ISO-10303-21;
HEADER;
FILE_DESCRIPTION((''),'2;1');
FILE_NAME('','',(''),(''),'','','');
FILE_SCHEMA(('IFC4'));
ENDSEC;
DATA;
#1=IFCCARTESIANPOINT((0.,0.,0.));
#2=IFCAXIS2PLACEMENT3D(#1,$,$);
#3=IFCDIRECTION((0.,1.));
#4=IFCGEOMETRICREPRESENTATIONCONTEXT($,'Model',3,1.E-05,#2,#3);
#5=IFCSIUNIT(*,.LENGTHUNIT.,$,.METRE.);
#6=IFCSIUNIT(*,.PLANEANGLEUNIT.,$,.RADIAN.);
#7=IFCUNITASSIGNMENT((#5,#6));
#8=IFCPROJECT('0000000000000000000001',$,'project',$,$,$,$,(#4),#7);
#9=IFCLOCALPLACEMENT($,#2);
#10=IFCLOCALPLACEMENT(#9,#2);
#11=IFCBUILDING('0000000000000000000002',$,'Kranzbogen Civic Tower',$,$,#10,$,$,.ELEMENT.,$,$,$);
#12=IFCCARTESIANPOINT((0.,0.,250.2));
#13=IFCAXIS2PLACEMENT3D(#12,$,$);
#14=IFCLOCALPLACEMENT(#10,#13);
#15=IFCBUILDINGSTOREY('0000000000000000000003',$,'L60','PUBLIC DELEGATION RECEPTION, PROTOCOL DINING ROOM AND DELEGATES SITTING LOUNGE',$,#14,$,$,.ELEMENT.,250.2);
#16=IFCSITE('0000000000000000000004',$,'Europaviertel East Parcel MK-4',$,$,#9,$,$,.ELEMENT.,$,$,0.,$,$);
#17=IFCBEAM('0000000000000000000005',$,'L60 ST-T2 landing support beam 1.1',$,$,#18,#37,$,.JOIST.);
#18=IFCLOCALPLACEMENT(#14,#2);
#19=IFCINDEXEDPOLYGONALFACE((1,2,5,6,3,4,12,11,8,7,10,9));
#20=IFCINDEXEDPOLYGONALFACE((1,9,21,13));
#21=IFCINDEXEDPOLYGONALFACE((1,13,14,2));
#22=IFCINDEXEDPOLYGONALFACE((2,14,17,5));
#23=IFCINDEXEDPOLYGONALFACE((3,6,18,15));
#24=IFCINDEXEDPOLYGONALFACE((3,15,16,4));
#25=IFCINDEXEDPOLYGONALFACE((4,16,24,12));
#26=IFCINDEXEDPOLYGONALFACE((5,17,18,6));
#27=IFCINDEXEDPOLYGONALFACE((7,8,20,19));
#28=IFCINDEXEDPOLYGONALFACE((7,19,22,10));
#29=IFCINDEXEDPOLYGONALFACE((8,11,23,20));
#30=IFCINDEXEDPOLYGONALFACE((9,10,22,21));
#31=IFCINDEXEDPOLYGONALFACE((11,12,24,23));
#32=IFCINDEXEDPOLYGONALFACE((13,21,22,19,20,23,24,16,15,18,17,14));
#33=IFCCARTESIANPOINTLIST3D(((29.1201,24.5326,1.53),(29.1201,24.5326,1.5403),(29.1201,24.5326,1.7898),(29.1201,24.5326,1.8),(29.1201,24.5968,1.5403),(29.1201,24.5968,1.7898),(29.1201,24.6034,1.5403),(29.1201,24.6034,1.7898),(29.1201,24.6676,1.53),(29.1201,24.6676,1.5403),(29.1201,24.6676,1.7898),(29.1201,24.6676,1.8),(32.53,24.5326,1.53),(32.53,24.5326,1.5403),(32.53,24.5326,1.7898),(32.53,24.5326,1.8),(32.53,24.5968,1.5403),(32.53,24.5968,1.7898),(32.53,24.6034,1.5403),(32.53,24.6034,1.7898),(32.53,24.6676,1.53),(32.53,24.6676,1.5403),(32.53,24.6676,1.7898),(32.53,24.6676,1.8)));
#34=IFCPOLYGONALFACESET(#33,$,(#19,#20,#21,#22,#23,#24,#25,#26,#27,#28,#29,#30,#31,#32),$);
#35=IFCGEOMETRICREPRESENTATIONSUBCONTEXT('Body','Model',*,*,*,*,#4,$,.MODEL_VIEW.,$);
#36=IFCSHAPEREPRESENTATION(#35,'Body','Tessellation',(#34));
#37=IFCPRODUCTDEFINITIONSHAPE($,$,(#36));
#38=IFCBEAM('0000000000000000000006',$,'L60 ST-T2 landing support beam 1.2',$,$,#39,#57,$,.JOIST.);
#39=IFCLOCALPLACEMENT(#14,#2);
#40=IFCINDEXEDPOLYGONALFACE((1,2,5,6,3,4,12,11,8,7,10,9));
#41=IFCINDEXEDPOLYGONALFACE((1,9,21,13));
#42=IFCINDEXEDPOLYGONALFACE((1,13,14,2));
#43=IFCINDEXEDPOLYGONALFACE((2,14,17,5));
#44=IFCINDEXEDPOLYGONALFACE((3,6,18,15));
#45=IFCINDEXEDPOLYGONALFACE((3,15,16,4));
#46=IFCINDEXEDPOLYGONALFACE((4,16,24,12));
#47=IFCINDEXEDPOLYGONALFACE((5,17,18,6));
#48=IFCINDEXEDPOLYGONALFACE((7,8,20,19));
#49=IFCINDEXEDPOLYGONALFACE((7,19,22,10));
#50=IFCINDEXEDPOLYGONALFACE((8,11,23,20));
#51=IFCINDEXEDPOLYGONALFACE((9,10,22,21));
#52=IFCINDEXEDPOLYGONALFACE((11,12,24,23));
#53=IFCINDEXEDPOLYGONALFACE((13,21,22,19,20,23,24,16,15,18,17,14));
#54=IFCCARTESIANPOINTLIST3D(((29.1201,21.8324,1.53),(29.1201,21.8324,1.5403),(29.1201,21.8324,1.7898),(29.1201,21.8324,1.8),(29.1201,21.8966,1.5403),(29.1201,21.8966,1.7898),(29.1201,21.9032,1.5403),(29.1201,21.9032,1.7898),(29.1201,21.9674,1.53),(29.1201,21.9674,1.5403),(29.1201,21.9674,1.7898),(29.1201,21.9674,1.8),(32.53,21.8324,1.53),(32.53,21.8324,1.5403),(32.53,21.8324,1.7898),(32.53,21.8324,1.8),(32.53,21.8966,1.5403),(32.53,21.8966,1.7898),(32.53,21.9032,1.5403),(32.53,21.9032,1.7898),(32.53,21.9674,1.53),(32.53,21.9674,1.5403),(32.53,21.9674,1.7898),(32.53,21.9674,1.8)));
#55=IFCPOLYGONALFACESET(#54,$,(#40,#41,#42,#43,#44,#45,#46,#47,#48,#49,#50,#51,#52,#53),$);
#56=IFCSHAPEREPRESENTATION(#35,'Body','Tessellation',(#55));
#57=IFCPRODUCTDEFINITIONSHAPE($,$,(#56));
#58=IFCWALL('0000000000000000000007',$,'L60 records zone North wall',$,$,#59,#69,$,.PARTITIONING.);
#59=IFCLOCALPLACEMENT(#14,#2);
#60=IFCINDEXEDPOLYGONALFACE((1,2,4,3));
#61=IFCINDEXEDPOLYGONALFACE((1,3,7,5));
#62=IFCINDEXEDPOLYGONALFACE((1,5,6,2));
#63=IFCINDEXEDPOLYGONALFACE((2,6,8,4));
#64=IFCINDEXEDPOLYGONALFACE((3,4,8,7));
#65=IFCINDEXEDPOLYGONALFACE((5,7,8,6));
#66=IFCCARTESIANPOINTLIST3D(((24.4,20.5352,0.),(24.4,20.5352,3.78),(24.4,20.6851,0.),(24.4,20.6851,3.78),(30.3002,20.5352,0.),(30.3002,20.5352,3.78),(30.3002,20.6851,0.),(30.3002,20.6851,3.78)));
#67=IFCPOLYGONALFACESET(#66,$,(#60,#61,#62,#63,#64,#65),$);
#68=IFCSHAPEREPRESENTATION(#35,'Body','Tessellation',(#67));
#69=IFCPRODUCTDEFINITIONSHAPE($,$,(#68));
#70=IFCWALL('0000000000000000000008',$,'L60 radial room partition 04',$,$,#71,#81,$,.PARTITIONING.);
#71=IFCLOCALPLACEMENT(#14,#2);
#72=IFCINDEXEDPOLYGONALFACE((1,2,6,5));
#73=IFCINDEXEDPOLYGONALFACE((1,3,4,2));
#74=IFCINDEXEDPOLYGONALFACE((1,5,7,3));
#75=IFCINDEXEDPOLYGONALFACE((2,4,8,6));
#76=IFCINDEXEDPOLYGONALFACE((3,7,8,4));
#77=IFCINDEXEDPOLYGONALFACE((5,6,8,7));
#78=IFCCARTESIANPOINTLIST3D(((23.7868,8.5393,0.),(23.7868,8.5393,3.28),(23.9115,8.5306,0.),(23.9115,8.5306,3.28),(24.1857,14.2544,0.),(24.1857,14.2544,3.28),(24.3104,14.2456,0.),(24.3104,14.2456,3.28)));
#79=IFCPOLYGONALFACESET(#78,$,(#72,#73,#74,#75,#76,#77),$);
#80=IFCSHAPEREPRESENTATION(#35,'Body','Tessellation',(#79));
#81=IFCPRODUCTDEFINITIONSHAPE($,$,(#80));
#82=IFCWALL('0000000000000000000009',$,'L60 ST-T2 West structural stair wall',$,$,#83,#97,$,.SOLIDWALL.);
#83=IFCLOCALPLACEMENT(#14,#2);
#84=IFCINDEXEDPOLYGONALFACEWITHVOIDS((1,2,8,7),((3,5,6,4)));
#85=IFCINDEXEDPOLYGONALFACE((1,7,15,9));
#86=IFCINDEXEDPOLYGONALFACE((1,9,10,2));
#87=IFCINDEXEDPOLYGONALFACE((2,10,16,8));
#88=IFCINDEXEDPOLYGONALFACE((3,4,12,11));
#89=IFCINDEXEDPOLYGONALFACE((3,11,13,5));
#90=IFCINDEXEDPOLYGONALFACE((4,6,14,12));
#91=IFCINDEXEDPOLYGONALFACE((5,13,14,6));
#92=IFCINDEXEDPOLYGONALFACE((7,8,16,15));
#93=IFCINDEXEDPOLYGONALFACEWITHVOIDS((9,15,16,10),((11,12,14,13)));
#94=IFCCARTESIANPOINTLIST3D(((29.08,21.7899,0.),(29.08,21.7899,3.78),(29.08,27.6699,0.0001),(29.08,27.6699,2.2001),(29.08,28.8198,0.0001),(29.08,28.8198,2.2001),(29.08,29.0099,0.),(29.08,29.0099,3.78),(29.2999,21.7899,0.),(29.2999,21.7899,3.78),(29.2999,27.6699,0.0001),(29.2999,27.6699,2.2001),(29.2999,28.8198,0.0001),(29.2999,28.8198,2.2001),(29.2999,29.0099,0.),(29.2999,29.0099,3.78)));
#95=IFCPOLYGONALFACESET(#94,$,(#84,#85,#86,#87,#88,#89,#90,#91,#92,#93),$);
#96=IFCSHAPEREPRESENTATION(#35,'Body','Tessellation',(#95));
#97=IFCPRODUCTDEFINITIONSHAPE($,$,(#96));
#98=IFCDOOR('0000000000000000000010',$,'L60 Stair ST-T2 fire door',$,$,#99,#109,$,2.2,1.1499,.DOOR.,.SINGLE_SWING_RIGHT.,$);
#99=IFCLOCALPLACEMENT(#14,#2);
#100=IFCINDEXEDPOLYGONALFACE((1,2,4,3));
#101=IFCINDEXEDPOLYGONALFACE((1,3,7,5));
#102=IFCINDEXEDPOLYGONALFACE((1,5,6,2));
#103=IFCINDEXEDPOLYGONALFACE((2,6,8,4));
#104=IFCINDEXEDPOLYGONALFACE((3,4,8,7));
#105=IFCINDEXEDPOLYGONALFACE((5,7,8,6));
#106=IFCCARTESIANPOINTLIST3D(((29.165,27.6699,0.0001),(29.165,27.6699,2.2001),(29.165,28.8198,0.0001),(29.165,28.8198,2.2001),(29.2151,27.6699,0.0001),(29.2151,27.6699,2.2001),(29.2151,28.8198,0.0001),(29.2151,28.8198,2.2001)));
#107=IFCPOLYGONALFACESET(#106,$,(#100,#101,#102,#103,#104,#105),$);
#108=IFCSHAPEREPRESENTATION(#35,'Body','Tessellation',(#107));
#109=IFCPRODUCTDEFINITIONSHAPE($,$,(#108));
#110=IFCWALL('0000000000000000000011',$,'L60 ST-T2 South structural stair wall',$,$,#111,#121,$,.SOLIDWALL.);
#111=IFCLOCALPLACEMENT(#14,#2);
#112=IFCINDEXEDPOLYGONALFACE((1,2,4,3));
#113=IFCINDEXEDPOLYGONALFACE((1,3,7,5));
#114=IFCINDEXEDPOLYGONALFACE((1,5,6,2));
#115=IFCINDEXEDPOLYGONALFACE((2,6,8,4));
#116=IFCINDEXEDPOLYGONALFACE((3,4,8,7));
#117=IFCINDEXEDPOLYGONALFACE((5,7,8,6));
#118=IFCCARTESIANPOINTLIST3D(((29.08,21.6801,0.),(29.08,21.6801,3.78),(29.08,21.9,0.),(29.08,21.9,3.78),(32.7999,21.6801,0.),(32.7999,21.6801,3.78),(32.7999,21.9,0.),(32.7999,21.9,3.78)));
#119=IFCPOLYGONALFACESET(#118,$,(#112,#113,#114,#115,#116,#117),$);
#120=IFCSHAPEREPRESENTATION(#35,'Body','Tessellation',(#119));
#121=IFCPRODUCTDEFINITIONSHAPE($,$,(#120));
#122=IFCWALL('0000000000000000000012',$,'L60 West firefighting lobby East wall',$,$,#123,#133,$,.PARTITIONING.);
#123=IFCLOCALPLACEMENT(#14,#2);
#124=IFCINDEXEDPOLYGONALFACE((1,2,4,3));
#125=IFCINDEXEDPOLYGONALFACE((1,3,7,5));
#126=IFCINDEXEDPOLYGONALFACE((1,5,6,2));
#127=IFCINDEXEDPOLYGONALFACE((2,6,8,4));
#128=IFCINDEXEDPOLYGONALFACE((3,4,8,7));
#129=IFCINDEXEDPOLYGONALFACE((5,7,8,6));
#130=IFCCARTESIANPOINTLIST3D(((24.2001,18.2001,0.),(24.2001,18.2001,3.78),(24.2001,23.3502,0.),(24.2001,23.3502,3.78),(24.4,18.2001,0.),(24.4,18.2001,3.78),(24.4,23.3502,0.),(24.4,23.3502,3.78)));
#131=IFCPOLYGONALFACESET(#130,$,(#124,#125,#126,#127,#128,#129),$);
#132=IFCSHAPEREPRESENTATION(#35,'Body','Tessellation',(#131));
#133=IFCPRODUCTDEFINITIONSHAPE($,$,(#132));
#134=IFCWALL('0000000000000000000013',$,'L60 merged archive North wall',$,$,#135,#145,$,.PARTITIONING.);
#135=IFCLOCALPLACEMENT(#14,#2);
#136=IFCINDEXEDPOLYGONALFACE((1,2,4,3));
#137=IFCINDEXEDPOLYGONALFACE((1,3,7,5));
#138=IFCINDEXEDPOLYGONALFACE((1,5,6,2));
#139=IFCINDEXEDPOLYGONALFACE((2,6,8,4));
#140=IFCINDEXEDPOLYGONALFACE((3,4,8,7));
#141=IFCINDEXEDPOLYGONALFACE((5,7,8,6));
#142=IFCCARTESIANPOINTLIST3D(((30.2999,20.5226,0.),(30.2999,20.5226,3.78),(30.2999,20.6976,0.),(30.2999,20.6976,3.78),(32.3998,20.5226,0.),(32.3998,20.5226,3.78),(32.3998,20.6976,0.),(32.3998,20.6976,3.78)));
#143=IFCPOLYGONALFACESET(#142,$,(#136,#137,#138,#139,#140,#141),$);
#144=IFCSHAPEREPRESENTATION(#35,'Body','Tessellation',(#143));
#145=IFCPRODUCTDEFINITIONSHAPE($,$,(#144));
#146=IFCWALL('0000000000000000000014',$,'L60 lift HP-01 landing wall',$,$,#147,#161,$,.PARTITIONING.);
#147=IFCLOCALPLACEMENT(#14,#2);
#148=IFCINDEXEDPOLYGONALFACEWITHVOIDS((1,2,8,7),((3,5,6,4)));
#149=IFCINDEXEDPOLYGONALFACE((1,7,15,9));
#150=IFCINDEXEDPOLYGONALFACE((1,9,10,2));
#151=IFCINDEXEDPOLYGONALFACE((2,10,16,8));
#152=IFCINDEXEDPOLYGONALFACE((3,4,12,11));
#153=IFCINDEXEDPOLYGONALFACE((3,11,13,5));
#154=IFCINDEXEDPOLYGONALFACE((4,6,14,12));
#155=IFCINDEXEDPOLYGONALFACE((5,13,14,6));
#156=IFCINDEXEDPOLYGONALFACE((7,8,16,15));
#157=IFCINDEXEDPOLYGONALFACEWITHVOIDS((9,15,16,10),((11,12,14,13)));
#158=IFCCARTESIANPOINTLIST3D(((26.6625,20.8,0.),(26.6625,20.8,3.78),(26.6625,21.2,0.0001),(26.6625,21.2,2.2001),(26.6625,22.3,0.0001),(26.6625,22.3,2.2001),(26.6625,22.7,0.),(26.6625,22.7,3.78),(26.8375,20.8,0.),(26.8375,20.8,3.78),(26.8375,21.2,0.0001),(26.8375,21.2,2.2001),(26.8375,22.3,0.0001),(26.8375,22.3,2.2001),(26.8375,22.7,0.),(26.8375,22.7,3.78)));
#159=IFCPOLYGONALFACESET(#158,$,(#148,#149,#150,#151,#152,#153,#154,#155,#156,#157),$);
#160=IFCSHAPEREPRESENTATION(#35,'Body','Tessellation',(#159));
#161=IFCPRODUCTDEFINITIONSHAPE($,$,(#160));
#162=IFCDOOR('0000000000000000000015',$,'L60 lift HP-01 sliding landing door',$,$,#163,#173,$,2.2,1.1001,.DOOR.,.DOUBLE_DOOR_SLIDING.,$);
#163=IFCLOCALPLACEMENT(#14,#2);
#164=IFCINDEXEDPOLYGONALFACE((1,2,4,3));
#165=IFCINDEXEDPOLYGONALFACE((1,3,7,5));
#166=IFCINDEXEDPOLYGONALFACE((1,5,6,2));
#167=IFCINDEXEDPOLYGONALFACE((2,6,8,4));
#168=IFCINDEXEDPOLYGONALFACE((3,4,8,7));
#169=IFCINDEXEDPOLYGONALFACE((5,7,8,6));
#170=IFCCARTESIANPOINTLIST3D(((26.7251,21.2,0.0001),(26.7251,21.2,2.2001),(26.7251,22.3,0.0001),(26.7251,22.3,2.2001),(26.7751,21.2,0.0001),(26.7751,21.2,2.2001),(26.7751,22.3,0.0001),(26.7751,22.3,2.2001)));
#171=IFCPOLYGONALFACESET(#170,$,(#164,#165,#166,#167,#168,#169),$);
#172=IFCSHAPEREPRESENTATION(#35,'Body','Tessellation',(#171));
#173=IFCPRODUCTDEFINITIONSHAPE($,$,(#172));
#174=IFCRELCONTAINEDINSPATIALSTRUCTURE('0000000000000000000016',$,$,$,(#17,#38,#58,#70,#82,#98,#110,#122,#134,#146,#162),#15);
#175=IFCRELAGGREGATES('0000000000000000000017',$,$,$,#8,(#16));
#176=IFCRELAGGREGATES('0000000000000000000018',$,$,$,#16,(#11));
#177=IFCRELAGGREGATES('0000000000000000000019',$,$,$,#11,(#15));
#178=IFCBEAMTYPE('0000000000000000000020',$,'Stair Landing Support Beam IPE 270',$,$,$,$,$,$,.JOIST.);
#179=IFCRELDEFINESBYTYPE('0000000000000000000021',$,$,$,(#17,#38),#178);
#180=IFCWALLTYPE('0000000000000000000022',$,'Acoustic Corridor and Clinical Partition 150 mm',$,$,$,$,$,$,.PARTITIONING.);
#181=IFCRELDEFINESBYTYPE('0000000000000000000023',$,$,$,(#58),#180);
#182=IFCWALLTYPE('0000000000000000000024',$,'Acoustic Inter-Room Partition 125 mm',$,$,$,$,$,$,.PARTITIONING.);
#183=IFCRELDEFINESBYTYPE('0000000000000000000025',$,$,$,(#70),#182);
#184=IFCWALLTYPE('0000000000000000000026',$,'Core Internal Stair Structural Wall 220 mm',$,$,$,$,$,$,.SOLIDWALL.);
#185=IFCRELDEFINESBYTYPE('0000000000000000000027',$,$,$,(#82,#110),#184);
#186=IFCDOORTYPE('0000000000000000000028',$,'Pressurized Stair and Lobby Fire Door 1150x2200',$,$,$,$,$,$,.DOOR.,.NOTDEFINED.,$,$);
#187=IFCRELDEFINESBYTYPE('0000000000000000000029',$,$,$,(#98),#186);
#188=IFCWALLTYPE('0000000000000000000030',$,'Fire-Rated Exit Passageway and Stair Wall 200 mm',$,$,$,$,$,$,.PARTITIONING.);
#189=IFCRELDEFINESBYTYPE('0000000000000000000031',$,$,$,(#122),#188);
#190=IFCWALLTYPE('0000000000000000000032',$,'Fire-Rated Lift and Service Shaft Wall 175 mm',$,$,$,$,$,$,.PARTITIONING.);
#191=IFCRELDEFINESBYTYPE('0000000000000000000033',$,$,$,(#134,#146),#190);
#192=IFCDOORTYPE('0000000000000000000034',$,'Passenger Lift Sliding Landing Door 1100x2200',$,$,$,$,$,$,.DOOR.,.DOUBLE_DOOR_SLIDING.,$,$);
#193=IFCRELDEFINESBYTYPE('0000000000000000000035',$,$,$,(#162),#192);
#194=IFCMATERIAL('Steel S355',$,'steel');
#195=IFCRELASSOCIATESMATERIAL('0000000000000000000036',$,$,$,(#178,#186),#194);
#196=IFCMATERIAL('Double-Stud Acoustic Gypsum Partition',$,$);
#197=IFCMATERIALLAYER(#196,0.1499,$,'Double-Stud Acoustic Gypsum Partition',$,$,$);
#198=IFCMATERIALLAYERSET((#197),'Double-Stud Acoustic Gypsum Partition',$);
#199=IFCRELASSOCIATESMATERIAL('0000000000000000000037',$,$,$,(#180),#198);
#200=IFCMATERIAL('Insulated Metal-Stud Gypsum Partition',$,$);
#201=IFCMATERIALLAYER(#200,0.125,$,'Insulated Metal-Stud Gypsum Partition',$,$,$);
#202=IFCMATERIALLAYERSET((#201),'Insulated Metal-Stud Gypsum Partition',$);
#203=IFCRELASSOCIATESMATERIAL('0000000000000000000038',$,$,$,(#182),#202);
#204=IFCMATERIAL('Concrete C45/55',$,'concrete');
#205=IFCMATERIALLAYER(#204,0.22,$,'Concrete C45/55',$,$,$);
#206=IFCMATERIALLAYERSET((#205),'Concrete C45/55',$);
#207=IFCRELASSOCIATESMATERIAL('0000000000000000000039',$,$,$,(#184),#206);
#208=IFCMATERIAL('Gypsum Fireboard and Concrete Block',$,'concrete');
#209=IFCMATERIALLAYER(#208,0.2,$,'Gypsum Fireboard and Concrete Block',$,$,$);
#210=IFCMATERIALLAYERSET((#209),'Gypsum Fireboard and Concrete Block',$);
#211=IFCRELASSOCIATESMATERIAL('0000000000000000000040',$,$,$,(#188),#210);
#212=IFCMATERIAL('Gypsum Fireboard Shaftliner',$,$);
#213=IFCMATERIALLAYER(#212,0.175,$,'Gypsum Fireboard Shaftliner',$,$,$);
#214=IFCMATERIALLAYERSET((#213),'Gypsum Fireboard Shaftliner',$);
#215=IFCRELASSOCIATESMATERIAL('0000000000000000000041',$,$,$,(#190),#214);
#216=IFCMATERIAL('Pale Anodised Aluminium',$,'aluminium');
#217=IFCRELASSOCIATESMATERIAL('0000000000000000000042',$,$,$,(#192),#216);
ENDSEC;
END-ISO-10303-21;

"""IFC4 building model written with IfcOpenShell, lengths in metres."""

from ifc_helpers import new_model, si_unit, direction, frame, frame_2d, origin, origin_2d, place, context, subcontext, project, spatial, rectangle, i_section, extrude, material, layer, layer_set, material_profile, profile_set, type_object, element, fill, save


model = new_model("IFC4")

# Units and contexts
model_context = context("Model", 3, precision=1e-05, world=origin(), true_north=direction((0.0, 1.0)))
body_context = subcontext(model_context, "Body", "Model", "MODEL_VIEW")
ifc_project = project(units=[si_unit("LENGTHUNIT", "METRE"), si_unit("PLANEANGLEUNIT", "RADIAN")], contexts=[model_context])

# Site, building, storey
site_placement = place(None, origin())
site = spatial("IfcSite", under=ifc_project, at=site_placement, Name="Europaviertel East Parcel MK-4", CompositionType="ELEMENT", RefElevation=0.0)
building_placement = place(site_placement, origin())
building = spatial("IfcBuilding", under=site, at=building_placement, Name="Kranzbogen Civic Tower", CompositionType="ELEMENT")
storey_placement = place(building_placement, frame((0.0, 0.0, 250.2)))
storey = spatial("IfcBuildingStorey", under=building, at=storey_placement, Name="L60", Description="PUBLIC DELEGATION RECEPTION, PROTOCOL DINING ROOM AND DELEGATES SITTING LOUNGE", CompositionType="ELEMENT", Elevation=250.2)

# Beams
ifc_material_1 = material(Name="Steel S355", Category="steel")
ifc_material_profile = material_profile(ifc_material_1, i_section(OverallWidth=0.135, OverallDepth=0.27, WebThickness=0.0066, FlangeThickness=0.0103, at=origin_2d()), Name="IPE 270")
ifc_profile_set = profile_set([ifc_material_profile], Name="Steel S355")
beam_type = type_object("IfcBeamType", Name="Stair Landing Support Beam IPE 270", PredefinedType="JOIST", material=ifc_profile_set)
for number, where, z_axis, x_axis, name in (
    (1, (29.1201, 24.6001, 1.665), (1.0, 0.0, 0.0), (0.0, 1.0, 0.0), "L60 ST-T2 landing support beam 1.1"),
    (2, (29.1201, 21.8999, 1.665), (1.0, 0.0, 0.0), (0.0, 1.0, 0.0), "L60 ST-T2 landing support beam 1.2"),
):
    element("IfcBeam", number, at=place(storey_placement, frame(where, z_axis=z_axis, x_axis=x_axis)), inside=storey, type_object=beam_type, Name=name, PredefinedType="JOIST", context=body_context, shape_type="SweptSolid", body=[
        extrude(i_section(OverallWidth=0.135, OverallDepth=0.27, WebThickness=0.0066, FlangeThickness=0.0103, at=origin_2d()), origin(), (0.0, 0.0, 1.0), 3.4099),
    ])

# Walls
ifc_material_2 = material(Name="Double-Stud Acoustic Gypsum Partition")
ifc_layer_1 = layer(ifc_material_2, 0.1499, Name="Double-Stud Acoustic Gypsum Partition")
ifc_layer_set_1 = layer_set([ifc_layer_1], Name="Double-Stud Acoustic Gypsum Partition")
wall_type_1 = type_object("IfcWallType", Name="Acoustic Corridor and Clinical Partition 150 mm", PredefinedType="PARTITIONING", material=ifc_layer_set_1)
wall_1_placement = place(storey_placement, frame((24.3999, 20.6101, 0.0), z_axis=(0.0, 0.0, 1.0), x_axis=(1.0, 0.0, 0.0)))
element("IfcWall", 3, at=wall_1_placement, inside=storey, type_object=wall_type_1, Name="L60 records zone North wall", PredefinedType="PARTITIONING", context=body_context, shape_type="SweptSolid", body=[
    extrude(rectangle(XDim=5.9001, YDim=0.1499, at=frame_2d((2.9502, 0.0))), origin(), (0.0, 0.0, 1.0), 3.78),
])
ifc_material_3 = material(Name="Insulated Metal-Stud Gypsum Partition")
ifc_layer_2 = layer(ifc_material_3, 0.125, Name="Insulated Metal-Stud Gypsum Partition")
ifc_layer_set_2 = layer_set([ifc_layer_2], Name="Insulated Metal-Stud Gypsum Partition")
wall_type_2 = type_object("IfcWallType", Name="Acoustic Inter-Room Partition 125 mm", PredefinedType="PARTITIONING", material=ifc_layer_set_2)
wall_2_placement = place(storey_placement, frame((24.248, 14.25, 0.0), z_axis=(0.0, 0.0, 1.0), x_axis=(-0.069633, -0.997573, 0.0)))
element("IfcWall", 4, at=wall_2_placement, inside=storey, type_object=wall_type_2, Name="L60 radial room partition 04", PredefinedType="PARTITIONING", context=body_context, shape_type="SweptSolid", body=[
    extrude(rectangle(XDim=5.729, YDim=0.125, at=frame_2d((2.8645, 0.0))), origin(), (0.0, 0.0, 1.0), 3.28),
])

# Wall, opening, door
ifc_material_4 = material(Name="Concrete C45/55", Category="concrete")
ifc_layer_3 = layer(ifc_material_4, 0.22, Name="Concrete C45/55")
ifc_layer_set_3 = layer_set([ifc_layer_3], Name="Concrete C45/55")
wall_type_3 = type_object("IfcWallType", Name="Core Internal Stair Structural Wall 220 mm", PredefinedType="SOLIDWALL", material=ifc_layer_set_3)
wall_3_placement = place(storey_placement, frame((29.1899, 21.79, 0.0), z_axis=(0.0, 0.0, 1.0), x_axis=(0.0, 1.0, 0.0)))
wall_3 = element("IfcWall", 5, at=wall_3_placement, inside=storey, type_object=wall_type_3, Name="L60 ST-T2 West structural stair wall", PredefinedType="SOLIDWALL", context=body_context, shape_type="SweptSolid", body=[
    extrude(rectangle(XDim=7.22, YDim=0.22, at=frame_2d((3.6099, 0.0))), origin(), (0.0, 0.0, 1.0), 3.78),
])
opening_1_placement = place(wall_3_placement, frame((5.8799, 0.0, 0.0)))
opening_1 = element("IfcOpeningElement", 6, at=opening_1_placement, cuts=wall_3, PredefinedType="OPENING", context=body_context, shape_type="SweptSolid", body=[
    extrude(rectangle(XDim=1.1499, YDim=2.2, at=frame_2d((0.575, 1.1001))), frame((0.0, 0.1201, 0.0), z_axis=(0.0, -1.0, 0.0), x_axis=(1.0, 0.0, 0.0)), (0.0, 0.0, 1.0), 0.24),
])
door_type_1 = type_object("IfcDoorType", Name="Pressurized Stair and Lobby Fire Door 1150x2200", OperationType="NOTDEFINED", PredefinedType="DOOR", material=ifc_material_1)
door_1_placement = place(opening_1_placement, origin())
door_1 = element("IfcDoor", 7, at=door_1_placement, inside=storey, type_object=door_type_1, Name="L60 Stair ST-T2 fire door", OperationType="SINGLE_SWING_RIGHT", OverallHeight=2.2, OverallWidth=1.1499, PredefinedType="DOOR", context=body_context, shape_type="SweptSolid", body=[
    extrude(rectangle(XDim=1.1499, YDim=2.2, at=frame_2d((0.575, 1.1001))), frame((0.0, 0.0249, 0.0), z_axis=(0.0, -1.0, 0.0), x_axis=(1.0, 0.0, 0.0)), (0.0, 0.0, 1.0), 0.05),
])
fill(opening_1, door_1)

# Walls
wall_4_placement = place(storey_placement, frame((29.0801, 21.79, 0.0), z_axis=(0.0, 0.0, 1.0), x_axis=(1.0, 0.0, 0.0)))
element("IfcWall", 8, at=wall_4_placement, inside=storey, type_object=wall_type_3, Name="L60 ST-T2 South structural stair wall", PredefinedType="SOLIDWALL", context=body_context, shape_type="SweptSolid", body=[
    extrude(rectangle(XDim=3.72, YDim=0.22, at=frame_2d((1.8599, 0.0))), origin(), (0.0, 0.0, 1.0), 3.78),
])
ifc_material_5 = material(Name="Gypsum Fireboard and Concrete Block", Category="concrete")
ifc_layer_4 = layer(ifc_material_5, 0.2, Name="Gypsum Fireboard and Concrete Block")
ifc_layer_set_4 = layer_set([ifc_layer_4], Name="Gypsum Fireboard and Concrete Block")
wall_type_4 = type_object("IfcWallType", Name="Fire-Rated Exit Passageway and Stair Wall 200 mm", PredefinedType="PARTITIONING", material=ifc_layer_set_4)
wall_5_placement = place(storey_placement, frame((24.3, 18.2, 0.0), z_axis=(0.0, 0.0, 1.0), x_axis=(0.0, 1.0, 0.0)))
element("IfcWall", 9, at=wall_5_placement, inside=storey, type_object=wall_type_4, Name="L60 West firefighting lobby East wall", PredefinedType="PARTITIONING", context=body_context, shape_type="SweptSolid", body=[
    extrude(rectangle(XDim=5.1501, YDim=0.2, at=frame_2d((2.5752, 0.0))), origin(), (0.0, 0.0, 1.0), 3.78),
])
ifc_material_6 = material(Name="Gypsum Fireboard Shaftliner")
ifc_layer_5 = layer(ifc_material_6, 0.175, Name="Gypsum Fireboard Shaftliner")
ifc_layer_set_5 = layer_set([ifc_layer_5], Name="Gypsum Fireboard Shaftliner")
wall_type_5 = type_object("IfcWallType", Name="Fire-Rated Lift and Service Shaft Wall 175 mm", PredefinedType="PARTITIONING", material=ifc_layer_set_5)
wall_6_placement = place(storey_placement, frame((30.3, 20.6101, 0.0), z_axis=(0.0, 0.0, 1.0), x_axis=(1.0, 0.0, 0.0)))
element("IfcWall", 10, at=wall_6_placement, inside=storey, type_object=wall_type_5, Name="L60 merged archive North wall", PredefinedType="PARTITIONING", context=body_context, shape_type="SweptSolid", body=[
    extrude(rectangle(XDim=2.0999, YDim=0.175, at=frame_2d((1.0498, 0.0))), origin(), (0.0, 0.0, 1.0), 3.78),
])

# Wall, opening, door
wall_7_placement = place(storey_placement, frame((26.75, 20.8, 0.0), z_axis=(0.0, 0.0, 1.0), x_axis=(0.0, 1.0, 0.0)))
wall_7 = element("IfcWall", 11, at=wall_7_placement, inside=storey, type_object=wall_type_5, Name="L60 lift HP-01 landing wall", PredefinedType="PARTITIONING", context=body_context, shape_type="SweptSolid", body=[
    extrude(rectangle(XDim=1.8999, YDim=0.175, at=frame_2d((0.95, 0.0))), origin(), (0.0, 0.0, 1.0), 3.78),
])
opening_2_placement = place(wall_7_placement, frame((0.3999, 0.0, 0.0)))
opening_2 = element("IfcOpeningElement", 12, at=opening_2_placement, cuts=wall_7, PredefinedType="OPENING", context=body_context, shape_type="SweptSolid", body=[
    extrude(rectangle(XDim=1.1001, YDim=2.2, at=frame_2d((0.55, 1.1001))), frame((0.0, 0.0977, 0.0), z_axis=(0.0, -1.0, 0.0), x_axis=(1.0, 0.0, 0.0)), (0.0, 0.0, 1.0), 0.1951),
])
ifc_material_7 = material(Name="Pale Anodised Aluminium", Category="aluminium")
door_type_2 = type_object("IfcDoorType", Name="Passenger Lift Sliding Landing Door 1100x2200", OperationType="DOUBLE_DOOR_SLIDING", PredefinedType="DOOR", material=ifc_material_7)
door_2_placement = place(opening_2_placement, origin())
door_2 = element("IfcDoor", 13, at=door_2_placement, inside=storey, type_object=door_type_2, Name="L60 lift HP-01 sliding landing door", OperationType="DOUBLE_DOOR_SLIDING", OverallHeight=2.2, OverallWidth=1.1001, PredefinedType="DOOR", context=body_context, shape_type="SweptSolid", body=[
    extrude(rectangle(XDim=1.1001, YDim=2.2, at=frame_2d((0.55, 1.1001))), frame((0.0, 0.0249, 0.0), z_axis=(0.0, -1.0, 0.0), x_axis=(1.0, 0.0, 0.0)), (0.0, 0.0, 1.0), 0.05),
])
fill(opening_2, door_2)

save(model, "model.ifc")
